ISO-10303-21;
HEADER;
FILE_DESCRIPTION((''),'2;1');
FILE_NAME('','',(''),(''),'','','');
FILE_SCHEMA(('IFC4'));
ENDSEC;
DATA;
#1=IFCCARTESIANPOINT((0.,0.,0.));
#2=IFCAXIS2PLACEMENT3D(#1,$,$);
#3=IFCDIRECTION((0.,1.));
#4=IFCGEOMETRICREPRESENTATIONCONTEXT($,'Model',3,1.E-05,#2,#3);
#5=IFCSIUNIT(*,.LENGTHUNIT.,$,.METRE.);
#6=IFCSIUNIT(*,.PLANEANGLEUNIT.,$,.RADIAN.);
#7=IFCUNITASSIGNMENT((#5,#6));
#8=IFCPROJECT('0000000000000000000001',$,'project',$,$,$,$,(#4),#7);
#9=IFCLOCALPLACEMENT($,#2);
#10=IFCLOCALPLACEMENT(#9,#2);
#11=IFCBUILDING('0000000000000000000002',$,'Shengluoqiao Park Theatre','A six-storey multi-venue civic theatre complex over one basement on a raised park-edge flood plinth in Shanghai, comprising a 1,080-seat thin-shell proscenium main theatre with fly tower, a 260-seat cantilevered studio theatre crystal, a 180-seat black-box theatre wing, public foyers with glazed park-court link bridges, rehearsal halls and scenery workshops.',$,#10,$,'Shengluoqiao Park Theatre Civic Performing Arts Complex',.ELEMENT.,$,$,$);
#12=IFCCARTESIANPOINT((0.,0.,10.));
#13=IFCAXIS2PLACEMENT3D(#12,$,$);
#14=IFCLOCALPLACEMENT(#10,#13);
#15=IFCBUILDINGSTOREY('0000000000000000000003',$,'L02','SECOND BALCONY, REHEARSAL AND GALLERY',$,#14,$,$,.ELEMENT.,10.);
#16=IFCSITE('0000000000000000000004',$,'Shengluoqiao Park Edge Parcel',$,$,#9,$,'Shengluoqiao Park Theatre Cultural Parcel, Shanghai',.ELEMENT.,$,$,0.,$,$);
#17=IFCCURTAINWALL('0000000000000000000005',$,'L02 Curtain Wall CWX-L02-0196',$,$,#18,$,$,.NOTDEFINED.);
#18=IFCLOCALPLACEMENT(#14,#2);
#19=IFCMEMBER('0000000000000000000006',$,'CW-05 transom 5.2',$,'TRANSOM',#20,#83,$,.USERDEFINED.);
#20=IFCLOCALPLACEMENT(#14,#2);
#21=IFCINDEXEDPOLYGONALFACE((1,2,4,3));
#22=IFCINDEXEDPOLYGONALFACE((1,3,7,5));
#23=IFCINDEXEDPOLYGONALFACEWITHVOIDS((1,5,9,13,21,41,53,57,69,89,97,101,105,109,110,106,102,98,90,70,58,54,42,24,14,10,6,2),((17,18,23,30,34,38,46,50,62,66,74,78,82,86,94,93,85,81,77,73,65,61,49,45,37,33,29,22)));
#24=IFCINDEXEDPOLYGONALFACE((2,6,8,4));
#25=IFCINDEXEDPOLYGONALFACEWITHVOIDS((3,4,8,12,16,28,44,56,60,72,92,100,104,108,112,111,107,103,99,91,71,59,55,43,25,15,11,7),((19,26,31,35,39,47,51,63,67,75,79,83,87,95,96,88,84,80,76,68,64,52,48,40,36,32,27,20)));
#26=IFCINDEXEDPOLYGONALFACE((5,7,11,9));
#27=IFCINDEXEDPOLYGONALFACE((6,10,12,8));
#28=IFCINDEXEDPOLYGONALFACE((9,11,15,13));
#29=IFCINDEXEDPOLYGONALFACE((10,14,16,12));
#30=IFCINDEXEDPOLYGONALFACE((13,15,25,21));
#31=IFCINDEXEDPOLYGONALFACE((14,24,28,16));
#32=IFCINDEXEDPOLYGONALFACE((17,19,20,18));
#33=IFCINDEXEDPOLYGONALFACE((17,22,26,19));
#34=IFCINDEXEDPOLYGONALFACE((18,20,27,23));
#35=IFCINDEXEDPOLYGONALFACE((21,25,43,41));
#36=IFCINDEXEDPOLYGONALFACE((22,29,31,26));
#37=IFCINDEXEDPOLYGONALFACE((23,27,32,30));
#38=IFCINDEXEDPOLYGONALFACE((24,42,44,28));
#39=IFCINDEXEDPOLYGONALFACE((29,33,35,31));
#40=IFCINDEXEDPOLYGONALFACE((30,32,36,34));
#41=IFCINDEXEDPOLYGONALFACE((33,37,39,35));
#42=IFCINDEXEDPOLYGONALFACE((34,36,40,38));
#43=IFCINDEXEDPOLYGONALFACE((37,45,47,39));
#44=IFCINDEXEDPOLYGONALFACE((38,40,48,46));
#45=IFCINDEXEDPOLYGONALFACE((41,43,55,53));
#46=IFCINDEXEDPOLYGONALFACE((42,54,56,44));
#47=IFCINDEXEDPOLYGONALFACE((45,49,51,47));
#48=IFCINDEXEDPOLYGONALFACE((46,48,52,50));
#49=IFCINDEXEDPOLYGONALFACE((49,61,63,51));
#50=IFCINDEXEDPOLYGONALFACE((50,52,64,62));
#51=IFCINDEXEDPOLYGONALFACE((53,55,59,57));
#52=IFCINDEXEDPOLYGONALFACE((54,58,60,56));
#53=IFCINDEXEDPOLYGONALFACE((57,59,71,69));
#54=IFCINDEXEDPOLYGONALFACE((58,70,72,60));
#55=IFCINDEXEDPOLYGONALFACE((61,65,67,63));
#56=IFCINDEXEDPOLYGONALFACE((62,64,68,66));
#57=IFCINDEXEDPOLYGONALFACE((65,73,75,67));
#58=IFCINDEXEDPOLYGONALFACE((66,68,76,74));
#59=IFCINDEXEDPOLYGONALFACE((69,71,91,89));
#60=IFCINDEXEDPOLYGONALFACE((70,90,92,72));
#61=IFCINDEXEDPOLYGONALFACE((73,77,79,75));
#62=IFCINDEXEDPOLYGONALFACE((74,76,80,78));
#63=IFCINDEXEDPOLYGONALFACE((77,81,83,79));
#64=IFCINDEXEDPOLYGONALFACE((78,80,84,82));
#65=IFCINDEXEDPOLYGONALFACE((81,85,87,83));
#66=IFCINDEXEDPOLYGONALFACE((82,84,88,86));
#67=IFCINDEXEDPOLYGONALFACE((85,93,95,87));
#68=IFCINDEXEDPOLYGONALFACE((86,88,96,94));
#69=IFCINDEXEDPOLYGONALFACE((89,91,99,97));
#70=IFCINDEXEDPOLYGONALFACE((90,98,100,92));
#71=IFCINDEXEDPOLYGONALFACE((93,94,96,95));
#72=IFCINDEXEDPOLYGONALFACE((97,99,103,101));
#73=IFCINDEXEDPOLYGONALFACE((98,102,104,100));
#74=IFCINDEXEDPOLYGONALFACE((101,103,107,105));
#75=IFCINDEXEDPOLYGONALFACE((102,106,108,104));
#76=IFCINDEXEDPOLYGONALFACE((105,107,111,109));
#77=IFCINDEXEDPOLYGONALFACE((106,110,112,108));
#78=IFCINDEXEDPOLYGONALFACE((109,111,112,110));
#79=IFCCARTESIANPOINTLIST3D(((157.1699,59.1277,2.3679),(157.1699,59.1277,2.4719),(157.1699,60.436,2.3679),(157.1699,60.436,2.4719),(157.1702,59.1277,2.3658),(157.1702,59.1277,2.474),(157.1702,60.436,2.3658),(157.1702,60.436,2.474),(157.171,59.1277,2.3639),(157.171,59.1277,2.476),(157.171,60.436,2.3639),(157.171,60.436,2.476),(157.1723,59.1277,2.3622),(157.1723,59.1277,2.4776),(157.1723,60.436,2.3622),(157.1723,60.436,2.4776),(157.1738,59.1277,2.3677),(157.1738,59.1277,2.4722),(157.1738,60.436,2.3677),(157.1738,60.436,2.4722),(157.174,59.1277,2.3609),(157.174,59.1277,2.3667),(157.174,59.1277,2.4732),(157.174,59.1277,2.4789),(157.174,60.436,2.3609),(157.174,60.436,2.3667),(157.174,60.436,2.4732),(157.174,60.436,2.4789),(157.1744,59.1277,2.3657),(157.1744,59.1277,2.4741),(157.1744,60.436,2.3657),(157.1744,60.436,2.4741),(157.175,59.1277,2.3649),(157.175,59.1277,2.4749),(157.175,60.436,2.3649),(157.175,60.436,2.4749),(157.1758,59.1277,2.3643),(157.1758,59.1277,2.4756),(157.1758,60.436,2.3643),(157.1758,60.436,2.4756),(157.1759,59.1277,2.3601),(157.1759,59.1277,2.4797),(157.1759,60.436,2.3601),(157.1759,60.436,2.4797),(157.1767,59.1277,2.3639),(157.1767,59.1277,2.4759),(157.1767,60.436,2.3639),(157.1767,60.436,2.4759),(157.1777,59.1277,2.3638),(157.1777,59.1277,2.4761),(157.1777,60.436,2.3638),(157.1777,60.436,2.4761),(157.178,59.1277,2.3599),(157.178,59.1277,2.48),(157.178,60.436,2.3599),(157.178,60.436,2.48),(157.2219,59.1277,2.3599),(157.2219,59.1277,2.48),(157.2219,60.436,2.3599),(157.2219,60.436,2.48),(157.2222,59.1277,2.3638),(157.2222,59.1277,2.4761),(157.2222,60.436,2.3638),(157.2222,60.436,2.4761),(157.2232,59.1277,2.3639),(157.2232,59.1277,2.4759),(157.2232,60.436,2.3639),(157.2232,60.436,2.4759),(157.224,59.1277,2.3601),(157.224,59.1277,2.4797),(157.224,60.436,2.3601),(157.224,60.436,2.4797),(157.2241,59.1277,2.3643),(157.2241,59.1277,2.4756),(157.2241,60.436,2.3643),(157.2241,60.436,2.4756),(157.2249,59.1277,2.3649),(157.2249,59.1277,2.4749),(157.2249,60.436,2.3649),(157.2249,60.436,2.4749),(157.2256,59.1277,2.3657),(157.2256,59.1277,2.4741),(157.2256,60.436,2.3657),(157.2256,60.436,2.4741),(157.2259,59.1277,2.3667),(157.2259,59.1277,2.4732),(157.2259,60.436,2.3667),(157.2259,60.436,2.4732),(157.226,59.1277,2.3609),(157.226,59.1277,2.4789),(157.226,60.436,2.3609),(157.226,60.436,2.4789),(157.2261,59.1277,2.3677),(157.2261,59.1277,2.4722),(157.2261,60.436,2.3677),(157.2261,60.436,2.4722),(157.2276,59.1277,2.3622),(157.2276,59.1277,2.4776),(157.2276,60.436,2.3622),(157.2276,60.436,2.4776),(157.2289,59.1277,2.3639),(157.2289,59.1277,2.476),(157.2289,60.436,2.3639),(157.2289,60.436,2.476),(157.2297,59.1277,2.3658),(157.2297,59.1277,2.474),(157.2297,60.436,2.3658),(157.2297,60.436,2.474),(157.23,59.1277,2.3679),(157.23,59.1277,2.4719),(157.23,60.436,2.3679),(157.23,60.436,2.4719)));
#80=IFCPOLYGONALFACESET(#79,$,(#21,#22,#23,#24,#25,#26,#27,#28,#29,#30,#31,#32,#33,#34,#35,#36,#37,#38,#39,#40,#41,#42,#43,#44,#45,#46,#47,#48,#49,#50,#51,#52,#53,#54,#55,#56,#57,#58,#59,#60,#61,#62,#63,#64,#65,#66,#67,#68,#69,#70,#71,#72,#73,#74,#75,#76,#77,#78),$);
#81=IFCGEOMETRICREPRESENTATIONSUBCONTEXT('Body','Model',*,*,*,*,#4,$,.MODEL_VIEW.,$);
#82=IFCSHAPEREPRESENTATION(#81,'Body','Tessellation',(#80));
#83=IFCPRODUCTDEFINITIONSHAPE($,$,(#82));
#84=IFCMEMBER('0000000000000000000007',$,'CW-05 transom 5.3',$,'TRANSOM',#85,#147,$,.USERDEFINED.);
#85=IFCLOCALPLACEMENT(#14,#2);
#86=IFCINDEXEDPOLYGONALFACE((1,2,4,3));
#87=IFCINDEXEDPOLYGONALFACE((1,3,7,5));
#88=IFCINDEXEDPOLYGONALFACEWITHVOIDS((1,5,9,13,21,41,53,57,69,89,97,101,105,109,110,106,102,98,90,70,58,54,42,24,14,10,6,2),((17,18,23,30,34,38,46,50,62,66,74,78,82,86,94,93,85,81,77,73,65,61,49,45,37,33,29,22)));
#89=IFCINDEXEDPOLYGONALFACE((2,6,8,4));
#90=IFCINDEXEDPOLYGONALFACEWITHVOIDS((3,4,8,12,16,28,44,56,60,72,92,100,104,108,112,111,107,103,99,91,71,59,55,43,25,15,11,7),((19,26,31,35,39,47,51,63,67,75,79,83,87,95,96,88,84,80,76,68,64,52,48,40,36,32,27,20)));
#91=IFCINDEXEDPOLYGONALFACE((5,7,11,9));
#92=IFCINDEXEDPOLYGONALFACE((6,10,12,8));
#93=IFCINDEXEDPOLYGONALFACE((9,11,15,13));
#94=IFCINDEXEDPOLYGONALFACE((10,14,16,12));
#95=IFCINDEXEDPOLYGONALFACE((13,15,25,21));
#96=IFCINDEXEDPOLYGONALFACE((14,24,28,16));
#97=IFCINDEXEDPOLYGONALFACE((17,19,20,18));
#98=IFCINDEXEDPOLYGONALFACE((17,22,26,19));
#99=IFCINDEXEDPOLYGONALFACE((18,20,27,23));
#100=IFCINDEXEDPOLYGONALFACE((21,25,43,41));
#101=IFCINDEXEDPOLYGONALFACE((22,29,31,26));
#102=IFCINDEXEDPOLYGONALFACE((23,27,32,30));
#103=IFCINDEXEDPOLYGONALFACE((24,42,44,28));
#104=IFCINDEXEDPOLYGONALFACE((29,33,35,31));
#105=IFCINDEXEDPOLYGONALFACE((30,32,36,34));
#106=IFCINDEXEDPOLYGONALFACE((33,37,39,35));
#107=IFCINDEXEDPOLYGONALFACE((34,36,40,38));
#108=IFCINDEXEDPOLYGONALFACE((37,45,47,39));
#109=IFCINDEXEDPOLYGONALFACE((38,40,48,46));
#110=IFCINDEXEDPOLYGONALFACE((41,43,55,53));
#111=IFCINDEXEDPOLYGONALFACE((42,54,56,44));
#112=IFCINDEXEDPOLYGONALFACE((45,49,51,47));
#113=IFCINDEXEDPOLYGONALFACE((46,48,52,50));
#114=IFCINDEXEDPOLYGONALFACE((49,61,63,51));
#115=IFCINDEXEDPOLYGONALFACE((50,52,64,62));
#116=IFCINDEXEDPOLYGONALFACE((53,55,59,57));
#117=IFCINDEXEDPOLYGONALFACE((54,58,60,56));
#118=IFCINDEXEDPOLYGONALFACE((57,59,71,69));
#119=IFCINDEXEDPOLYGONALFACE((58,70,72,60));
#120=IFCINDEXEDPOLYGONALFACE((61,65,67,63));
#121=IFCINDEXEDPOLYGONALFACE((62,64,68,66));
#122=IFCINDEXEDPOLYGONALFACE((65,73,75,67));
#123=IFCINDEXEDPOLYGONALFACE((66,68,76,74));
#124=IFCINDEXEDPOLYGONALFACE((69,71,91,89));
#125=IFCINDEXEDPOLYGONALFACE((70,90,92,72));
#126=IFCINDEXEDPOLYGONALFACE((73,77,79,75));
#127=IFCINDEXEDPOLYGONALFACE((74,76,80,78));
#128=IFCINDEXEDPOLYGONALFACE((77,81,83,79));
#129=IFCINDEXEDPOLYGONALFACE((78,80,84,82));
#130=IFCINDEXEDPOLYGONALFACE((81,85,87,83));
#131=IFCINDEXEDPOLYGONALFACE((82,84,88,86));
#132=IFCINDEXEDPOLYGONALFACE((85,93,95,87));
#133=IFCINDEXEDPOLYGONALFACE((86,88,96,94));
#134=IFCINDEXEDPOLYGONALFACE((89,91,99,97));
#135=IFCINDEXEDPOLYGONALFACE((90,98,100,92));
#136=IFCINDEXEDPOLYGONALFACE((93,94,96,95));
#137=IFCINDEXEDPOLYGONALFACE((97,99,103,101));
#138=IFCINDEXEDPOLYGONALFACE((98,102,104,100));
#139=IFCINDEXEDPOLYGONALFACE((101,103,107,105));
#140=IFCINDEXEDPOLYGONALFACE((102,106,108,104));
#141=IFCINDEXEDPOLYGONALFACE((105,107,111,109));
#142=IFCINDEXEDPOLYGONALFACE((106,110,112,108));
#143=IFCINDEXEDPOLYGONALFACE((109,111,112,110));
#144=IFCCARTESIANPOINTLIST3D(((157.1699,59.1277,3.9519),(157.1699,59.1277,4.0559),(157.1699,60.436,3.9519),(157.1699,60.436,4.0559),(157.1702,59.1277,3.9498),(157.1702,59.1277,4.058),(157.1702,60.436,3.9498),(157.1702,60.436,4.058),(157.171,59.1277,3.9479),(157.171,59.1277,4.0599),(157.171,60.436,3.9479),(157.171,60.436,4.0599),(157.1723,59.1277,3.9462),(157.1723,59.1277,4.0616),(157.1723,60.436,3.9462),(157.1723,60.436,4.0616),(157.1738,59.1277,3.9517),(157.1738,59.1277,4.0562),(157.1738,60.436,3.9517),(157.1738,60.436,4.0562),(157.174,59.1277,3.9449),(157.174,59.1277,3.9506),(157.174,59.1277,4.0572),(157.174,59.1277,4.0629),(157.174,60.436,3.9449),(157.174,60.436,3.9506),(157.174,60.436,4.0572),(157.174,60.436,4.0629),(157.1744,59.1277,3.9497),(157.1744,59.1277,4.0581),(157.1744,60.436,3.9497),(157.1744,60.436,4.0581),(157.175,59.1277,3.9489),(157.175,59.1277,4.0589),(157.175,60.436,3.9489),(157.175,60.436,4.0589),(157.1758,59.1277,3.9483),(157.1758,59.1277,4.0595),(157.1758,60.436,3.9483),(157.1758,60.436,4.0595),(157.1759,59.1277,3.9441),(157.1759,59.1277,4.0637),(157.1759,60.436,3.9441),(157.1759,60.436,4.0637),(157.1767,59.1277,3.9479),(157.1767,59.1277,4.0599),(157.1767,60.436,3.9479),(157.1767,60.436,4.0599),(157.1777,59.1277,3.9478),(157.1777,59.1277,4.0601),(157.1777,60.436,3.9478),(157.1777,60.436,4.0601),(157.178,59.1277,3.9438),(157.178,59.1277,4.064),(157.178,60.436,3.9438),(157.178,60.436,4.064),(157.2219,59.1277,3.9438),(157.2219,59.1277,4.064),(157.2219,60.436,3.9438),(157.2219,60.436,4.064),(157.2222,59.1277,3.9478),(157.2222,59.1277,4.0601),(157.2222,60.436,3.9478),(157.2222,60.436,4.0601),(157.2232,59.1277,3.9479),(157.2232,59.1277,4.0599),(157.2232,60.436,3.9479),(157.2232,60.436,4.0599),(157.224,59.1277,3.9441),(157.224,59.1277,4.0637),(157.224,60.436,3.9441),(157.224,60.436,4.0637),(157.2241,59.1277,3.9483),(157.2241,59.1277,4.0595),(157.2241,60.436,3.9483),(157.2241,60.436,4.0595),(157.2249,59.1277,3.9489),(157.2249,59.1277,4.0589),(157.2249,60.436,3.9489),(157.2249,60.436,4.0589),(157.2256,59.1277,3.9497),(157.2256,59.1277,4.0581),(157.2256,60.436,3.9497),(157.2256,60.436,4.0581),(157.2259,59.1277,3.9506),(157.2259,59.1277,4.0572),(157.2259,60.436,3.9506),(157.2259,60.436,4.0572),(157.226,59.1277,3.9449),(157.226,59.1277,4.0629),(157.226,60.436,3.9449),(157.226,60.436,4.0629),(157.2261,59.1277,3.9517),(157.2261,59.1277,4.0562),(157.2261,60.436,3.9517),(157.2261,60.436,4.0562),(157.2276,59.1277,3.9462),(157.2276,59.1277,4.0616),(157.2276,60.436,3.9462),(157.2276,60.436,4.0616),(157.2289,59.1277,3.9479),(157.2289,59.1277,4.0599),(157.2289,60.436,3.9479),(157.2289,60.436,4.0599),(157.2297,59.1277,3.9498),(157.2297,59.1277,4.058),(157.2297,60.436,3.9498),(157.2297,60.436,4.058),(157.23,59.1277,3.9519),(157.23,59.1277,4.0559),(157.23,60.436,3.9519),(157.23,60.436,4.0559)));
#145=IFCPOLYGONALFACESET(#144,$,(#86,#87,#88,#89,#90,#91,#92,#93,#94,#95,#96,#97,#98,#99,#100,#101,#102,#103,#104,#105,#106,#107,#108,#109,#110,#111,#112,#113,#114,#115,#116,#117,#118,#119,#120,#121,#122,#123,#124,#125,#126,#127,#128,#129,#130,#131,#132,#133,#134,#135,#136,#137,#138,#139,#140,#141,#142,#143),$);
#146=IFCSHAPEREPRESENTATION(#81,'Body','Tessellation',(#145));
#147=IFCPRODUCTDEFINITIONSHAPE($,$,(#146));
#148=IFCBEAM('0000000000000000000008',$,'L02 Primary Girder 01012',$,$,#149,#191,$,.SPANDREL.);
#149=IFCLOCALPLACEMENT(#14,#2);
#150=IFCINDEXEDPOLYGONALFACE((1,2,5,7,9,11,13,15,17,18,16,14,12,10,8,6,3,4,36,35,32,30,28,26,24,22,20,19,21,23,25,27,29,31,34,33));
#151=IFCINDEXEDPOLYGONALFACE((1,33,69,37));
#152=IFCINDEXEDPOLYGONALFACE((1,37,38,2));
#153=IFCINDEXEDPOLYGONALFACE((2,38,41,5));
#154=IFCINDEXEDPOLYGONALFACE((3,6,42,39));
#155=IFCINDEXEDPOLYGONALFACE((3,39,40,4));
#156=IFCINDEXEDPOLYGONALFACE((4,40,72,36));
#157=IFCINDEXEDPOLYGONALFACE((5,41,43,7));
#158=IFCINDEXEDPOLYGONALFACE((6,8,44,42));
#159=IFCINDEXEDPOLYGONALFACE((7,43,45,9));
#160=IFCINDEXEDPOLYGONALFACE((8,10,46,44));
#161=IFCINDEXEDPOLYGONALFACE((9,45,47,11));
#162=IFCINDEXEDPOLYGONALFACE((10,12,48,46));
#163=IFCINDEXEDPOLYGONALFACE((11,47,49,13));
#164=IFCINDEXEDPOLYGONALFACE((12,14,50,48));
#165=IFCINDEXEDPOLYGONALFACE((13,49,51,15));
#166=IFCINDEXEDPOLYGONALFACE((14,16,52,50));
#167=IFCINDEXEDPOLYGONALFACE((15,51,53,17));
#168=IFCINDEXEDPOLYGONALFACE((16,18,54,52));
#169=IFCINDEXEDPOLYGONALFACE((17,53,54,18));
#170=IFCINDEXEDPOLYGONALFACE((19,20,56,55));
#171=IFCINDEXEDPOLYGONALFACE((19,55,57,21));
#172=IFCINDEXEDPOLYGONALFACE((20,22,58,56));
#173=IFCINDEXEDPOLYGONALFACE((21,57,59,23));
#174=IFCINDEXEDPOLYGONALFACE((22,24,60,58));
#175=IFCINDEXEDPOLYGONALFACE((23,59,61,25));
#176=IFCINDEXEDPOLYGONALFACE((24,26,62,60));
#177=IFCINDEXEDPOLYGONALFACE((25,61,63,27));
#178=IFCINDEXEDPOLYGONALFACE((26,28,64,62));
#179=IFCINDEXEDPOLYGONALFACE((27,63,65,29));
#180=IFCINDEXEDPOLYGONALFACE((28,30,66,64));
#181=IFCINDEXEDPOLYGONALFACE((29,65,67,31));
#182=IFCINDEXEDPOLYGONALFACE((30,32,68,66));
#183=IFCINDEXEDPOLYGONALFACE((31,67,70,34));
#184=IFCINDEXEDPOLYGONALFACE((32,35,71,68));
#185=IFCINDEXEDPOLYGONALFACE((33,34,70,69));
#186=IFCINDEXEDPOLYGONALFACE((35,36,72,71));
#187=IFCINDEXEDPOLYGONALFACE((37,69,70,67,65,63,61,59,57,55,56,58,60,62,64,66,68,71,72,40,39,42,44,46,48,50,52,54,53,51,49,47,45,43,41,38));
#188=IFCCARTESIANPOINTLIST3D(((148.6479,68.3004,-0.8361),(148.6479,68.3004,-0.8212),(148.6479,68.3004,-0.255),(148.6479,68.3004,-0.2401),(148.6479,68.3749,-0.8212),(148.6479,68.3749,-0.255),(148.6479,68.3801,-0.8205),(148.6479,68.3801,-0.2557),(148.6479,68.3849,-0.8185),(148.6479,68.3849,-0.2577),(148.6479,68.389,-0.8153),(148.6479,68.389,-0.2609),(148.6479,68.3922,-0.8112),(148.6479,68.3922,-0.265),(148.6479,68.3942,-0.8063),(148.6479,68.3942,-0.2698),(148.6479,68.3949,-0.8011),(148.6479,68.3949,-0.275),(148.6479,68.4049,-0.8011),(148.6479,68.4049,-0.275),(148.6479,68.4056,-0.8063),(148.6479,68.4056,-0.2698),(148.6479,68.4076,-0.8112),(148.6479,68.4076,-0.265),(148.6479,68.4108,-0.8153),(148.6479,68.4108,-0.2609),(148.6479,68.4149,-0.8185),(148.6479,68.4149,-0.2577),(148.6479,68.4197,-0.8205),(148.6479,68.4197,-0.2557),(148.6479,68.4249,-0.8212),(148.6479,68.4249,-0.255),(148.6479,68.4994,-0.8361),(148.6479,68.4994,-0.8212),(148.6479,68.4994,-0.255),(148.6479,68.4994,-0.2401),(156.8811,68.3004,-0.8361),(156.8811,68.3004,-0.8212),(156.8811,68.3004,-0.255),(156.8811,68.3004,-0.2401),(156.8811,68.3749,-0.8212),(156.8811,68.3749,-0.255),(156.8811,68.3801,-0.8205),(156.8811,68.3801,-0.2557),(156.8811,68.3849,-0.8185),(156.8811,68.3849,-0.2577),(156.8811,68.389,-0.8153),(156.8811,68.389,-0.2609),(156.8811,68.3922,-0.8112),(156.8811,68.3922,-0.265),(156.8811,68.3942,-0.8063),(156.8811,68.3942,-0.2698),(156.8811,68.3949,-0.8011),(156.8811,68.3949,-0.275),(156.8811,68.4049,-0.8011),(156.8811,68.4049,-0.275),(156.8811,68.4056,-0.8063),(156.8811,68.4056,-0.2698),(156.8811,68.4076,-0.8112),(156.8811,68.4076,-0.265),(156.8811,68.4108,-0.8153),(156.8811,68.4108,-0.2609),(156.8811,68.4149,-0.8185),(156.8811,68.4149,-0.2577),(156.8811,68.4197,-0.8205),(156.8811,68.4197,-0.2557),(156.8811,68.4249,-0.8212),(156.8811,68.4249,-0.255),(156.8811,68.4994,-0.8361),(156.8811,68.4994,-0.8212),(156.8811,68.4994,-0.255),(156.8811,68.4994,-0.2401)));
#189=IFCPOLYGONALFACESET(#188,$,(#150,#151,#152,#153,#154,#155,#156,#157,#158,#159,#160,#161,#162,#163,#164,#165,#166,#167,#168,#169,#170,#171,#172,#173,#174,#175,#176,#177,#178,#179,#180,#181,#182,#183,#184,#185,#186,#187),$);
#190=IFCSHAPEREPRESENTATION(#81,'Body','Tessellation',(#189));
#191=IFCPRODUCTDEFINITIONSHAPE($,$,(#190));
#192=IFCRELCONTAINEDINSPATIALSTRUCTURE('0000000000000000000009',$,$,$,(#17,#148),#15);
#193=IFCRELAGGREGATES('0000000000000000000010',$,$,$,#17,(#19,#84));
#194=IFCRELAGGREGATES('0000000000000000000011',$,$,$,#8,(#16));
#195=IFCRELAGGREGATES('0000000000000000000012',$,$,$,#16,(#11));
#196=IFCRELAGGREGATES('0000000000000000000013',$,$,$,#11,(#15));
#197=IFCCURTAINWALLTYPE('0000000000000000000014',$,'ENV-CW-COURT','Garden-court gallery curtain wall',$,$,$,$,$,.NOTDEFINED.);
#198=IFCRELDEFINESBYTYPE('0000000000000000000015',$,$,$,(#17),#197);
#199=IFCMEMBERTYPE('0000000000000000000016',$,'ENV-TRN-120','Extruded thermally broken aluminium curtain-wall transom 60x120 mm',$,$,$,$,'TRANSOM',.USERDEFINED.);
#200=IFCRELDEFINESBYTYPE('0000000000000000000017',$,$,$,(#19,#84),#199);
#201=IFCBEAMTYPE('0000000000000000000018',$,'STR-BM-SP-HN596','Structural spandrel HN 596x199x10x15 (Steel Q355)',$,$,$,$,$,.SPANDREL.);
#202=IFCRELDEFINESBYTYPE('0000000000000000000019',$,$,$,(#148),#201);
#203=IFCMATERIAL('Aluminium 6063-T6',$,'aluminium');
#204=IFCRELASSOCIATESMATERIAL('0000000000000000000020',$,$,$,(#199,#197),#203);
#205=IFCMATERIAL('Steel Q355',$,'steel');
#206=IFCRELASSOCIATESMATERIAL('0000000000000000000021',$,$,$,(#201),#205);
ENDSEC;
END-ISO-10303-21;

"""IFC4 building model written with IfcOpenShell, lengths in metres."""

from ifc_helpers import new_model, si_unit, direction, frame, origin, origin_2d, place, context, subcontext, project, spatial, hollow_rectangle, i_section, extrude, material, material_profile, profile_set, type_object, element, aggregate, save


model = new_model("IFC4")

# Units and contexts
model_context = context("Model", 3, precision=1e-05, world=origin(), true_north=direction((0.0, 1.0)))
body_context = subcontext(model_context, "Body", "Model", "MODEL_VIEW")
ifc_project = project(units=[si_unit("LENGTHUNIT", "METRE"), si_unit("PLANEANGLEUNIT", "RADIAN")], contexts=[model_context])

# Site, building, storey
site_placement = place(None, origin())
site = spatial("IfcSite", under=ifc_project, at=site_placement, Name="Shengluoqiao Park Edge Parcel", LongName="Shengluoqiao Park Theatre Cultural Parcel, Shanghai", CompositionType="ELEMENT", RefElevation=0.0)
building_placement = place(site_placement, origin())
building = spatial("IfcBuilding", under=site, at=building_placement, Name="Shengluoqiao Park Theatre", Description="A six-storey multi-venue civic theatre complex over one basement on a raised park-edge flood plinth in Shanghai, comprising a 1,080-seat thin-shell proscenium main theatre with fly tower, a 260-seat cantilevered studio theatre crystal, a 180-seat black-box theatre wing, public foyers with glazed park-court link bridges, rehearsal halls and scenery workshops.", LongName="Shengluoqiao Park Theatre Civic Performing Arts Complex", CompositionType="ELEMENT")
storey_placement = place(building_placement, frame((0.0, 0.0, 10.0)))
storey = spatial("IfcBuildingStorey", under=building, at=storey_placement, Name="L02", Description="SECOND BALCONY, REHEARSAL AND GALLERY", CompositionType="ELEMENT", Elevation=10.0)

# Curtain wall, members
ifc_material_1 = material(Name="Aluminium 6063-T6", Category="aluminium")
ifc_material_profile_1 = material_profile(ifc_material_1, hollow_rectangle(XDim=0.0601, YDim=0.1201, WallThickness=0.0039, InnerFilletRadius=0.0039, OuterFilletRadius=0.0081, at=origin_2d()), Name="ALU TRANSOM 120x60x4")
ifc_profile_set_1 = profile_set([ifc_material_profile_1], Name="Aluminium 6063-T6")
member_type_1 = type_object("IfcMemberType", Name="ENV-TRN-120", Description="Extruded thermally broken aluminium curtain-wall transom 60x120 mm", ElementType="TRANSOM", PredefinedType="USERDEFINED", material=ifc_profile_set_1)
curtain_wall_type_1 = type_object("IfcCurtainWallType", Name="ENV-CW-COURT", Description="Garden-court gallery curtain wall", PredefinedType="NOTDEFINED", material=ifc_material_1)
curtain_wall_1_placement = place(storey_placement, origin())
curtain_wall_1 = element("IfcCurtainWall", 1, at=curtain_wall_1_placement, inside=storey, type_object=curtain_wall_type_1, Name="L02 Curtain Wall CWX-L02-0196", PredefinedType="NOTDEFINED")
member_1_placement = place(storey_placement, frame((157.2, 59.1277, 2.4199), z_axis=(0.0, 1.0, 0.0), x_axis=(-1.0, 0.0, 0.0)))
member_1 = element("IfcMember", 2, at=member_1_placement, type_object=member_type_1, Name="CW-05 transom 5.2", ObjectType="TRANSOM", PredefinedType="USERDEFINED", context=body_context, shape_type="SweptSolid", body=[
    extrude(hollow_rectangle(XDim=0.0601, YDim=0.1201, WallThickness=0.0039, InnerFilletRadius=0.0039, OuterFilletRadius=0.0081, at=origin_2d()), origin(), (0.0, 0.0, 1.0), 1.3083),
])
member_2_placement = place(storey_placement, frame((157.2, 59.1277, 4.0039), z_axis=(0.0, 1.0, 0.0), x_axis=(-1.0, 0.0, 0.0)))
member_2 = element("IfcMember", 3, at=member_2_placement, type_object=member_type_1, Name="CW-05 transom 5.3", ObjectType="TRANSOM", PredefinedType="USERDEFINED", context=body_context, shape_type="SweptSolid", body=[
    extrude(hollow_rectangle(XDim=0.0601, YDim=0.1201, WallThickness=0.0039, InnerFilletRadius=0.0039, OuterFilletRadius=0.0081, at=origin_2d()), origin(), (0.0, 0.0, 1.0), 1.3083),
])
aggregate(curtain_wall_1, [member_1, member_2])

# Beam
ifc_material_2 = material(Name="Steel Q355", Category="steel")
ifc_material_profile_2 = material_profile(ifc_material_2, i_section(OverallWidth=0.199, OverallDepth=0.5959, WebThickness=0.01, FlangeThickness=0.0149, FilletRadius=0.02, at=origin_2d()), Name="HN 596x199x10x15")
ifc_profile_set_2 = profile_set([ifc_material_profile_2], Name="Steel Q355")
beam_type = type_object("IfcBeamType", Name="STR-BM-SP-HN596", Description="Structural spandrel HN 596x199x10x15 (Steel Q355)", PredefinedType="SPANDREL", material=ifc_profile_set_2)
beam_1_placement = place(storey_placement, frame((148.6479, 68.3999, -0.5381), z_axis=(1.0, 0.0, 0.0), x_axis=(0.0, 1.0, 0.0)))
element("IfcBeam", 4, at=beam_1_placement, inside=storey, type_object=beam_type, Name="L02 Primary Girder 01012", PredefinedType="SPANDREL", context=body_context, shape_type="SweptSolid", body=[
    extrude(i_section(OverallWidth=0.199, OverallDepth=0.5959, WebThickness=0.01, FlangeThickness=0.0149, FilletRadius=0.02, at=origin_2d()), origin(), (0.0, 0.0, 1.0), 8.2332),
])

save(model, "model.ifc")
